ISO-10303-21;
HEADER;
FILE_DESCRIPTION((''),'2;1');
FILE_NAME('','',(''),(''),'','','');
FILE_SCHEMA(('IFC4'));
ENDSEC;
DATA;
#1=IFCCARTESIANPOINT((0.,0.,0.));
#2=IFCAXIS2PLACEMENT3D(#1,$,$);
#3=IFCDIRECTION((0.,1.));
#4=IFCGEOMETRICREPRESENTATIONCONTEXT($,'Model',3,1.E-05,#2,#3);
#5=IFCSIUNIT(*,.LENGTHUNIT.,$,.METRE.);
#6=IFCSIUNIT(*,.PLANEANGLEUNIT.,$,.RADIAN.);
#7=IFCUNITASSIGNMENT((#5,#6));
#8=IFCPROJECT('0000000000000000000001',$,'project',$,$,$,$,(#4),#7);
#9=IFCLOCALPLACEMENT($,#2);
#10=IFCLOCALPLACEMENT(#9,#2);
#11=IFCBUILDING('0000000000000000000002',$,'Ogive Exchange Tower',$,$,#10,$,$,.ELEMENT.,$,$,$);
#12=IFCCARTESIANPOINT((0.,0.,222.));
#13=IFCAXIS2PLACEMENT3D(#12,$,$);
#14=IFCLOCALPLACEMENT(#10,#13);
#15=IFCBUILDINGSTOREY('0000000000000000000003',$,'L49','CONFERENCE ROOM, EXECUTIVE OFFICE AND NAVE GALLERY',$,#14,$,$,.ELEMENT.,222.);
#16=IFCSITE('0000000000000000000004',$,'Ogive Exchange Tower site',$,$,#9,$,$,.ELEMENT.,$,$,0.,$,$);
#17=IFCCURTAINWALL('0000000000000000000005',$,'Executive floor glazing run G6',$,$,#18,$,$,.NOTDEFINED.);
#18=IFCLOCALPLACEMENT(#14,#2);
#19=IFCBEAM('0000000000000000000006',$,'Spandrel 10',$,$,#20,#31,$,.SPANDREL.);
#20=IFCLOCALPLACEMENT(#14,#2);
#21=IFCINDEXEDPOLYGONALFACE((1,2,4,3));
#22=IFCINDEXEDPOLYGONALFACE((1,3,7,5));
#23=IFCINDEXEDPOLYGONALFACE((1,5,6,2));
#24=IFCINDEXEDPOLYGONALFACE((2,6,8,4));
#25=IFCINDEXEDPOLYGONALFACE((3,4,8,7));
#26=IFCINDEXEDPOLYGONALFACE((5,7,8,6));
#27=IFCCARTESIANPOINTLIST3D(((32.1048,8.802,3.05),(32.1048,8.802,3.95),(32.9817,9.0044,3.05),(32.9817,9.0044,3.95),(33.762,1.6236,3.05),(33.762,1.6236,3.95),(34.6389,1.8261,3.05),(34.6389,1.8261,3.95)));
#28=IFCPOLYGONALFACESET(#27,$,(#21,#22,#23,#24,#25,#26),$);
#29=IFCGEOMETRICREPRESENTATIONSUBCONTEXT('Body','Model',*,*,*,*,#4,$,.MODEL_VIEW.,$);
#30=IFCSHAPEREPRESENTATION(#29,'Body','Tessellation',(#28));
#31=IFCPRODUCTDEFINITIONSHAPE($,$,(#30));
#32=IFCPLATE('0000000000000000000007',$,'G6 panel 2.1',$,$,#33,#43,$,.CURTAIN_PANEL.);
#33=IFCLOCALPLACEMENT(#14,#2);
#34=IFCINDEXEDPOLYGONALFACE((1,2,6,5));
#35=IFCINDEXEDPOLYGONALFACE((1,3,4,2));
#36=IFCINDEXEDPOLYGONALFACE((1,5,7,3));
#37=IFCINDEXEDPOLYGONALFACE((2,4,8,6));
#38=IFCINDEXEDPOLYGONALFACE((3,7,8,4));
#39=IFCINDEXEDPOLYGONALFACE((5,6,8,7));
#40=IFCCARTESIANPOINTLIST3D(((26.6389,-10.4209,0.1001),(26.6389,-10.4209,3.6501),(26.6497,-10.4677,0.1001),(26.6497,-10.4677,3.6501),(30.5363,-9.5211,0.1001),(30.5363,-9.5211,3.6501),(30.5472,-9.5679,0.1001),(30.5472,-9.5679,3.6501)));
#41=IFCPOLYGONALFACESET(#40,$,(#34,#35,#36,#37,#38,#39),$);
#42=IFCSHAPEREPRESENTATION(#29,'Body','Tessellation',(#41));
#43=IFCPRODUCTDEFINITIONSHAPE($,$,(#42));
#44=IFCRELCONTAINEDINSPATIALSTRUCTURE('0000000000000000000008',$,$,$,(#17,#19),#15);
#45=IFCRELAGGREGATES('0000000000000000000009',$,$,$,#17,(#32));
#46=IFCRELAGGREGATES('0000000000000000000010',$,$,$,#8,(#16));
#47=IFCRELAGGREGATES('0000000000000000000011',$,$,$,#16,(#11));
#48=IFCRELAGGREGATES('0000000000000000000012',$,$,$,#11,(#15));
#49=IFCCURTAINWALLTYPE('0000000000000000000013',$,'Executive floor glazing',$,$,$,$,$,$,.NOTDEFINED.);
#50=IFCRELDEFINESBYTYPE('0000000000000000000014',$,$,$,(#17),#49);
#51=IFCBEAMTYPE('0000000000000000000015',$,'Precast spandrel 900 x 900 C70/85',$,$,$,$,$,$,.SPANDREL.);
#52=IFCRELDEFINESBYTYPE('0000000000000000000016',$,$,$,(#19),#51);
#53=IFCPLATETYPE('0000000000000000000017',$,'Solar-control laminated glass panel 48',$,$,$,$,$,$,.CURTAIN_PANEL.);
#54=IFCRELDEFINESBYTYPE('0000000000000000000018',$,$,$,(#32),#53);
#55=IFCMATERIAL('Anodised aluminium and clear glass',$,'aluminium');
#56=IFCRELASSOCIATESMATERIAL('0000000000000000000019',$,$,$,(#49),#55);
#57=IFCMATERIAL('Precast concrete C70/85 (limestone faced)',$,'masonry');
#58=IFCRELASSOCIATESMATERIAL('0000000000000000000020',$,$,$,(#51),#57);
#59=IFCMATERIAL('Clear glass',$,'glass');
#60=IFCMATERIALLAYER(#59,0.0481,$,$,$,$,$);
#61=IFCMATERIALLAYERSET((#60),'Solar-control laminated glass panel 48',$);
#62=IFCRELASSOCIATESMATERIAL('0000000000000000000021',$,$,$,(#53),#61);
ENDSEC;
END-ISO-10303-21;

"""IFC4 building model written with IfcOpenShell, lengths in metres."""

from ifc_helpers import new_model, si_unit, direction, frame, origin, origin_2d, place, context, subcontext, project, spatial, rectangle, extrude, material, layer, layer_set, material_profile, profile_set, type_object, element, aggregate, save


model = new_model("IFC4")

# Units and contexts
model_context = context("Model", 3, precision=1e-05, world=origin(), true_north=direction((0.0, 1.0)))
body_context = subcontext(model_context, "Body", "Model", "MODEL_VIEW")
ifc_project = project(units=[si_unit("LENGTHUNIT", "METRE"), si_unit("PLANEANGLEUNIT", "RADIAN")], contexts=[model_context])

# Site, building, storey
site_placement = place(None, origin())
site = spatial("IfcSite", under=ifc_project, at=site_placement, Name="Ogive Exchange Tower site", CompositionType="ELEMENT", RefElevation=0.0)
building_placement = place(site_placement, origin())
building = spatial("IfcBuilding", under=site, at=building_placement, Name="Ogive Exchange Tower", CompositionType="ELEMENT")
storey_placement = place(building_placement, frame((0.0, 0.0, 222.0)))
storey = spatial("IfcBuildingStorey", under=building, at=storey_placement, Name="L49", Description="CONFERENCE ROOM, EXECUTIVE OFFICE AND NAVE GALLERY", CompositionType="ELEMENT", Elevation=222.0)

# Shared definitions
ifc_material_1 = material(Name="Precast concrete C70/85 (limestone faced)", Category="masonry")

# Curtain wall
ifc_material_2 = material(Name="Anodised aluminium and clear glass", Category="aluminium")
curtain_wall_type = type_object("IfcCurtainWallType", Name="Executive floor glazing", PredefinedType="NOTDEFINED", material=ifc_material_2)
curtain_wall_placement = place(storey_placement, origin())
curtain_wall = element("IfcCurtainWall", 1, at=curtain_wall_placement, inside=storey, type_object=curtain_wall_type, Name="Executive floor glazing run G6", PredefinedType="NOTDEFINED")

# Beam
ifc_material_profile_1 = material_profile(ifc_material_1, rectangle(XDim=0.8999, YDim=0.8999, at=origin_2d()), Name="900 x 900")
ifc_profile_set_1 = profile_set([ifc_material_profile_1], Name="Precast concrete C70/85 (limestone faced)")
beam_type_1 = type_object("IfcBeamType", Name="Precast spandrel 900 x 900 C70/85", PredefinedType="SPANDREL", material=ifc_profile_set_1)
beam_1_placement = place(storey_placement, frame((34.2004, 1.7249, 3.5), z_axis=(-0.224944, 0.974372, 0.0), x_axis=(-0.974372, -0.224944, 0.0)))
element("IfcBeam", 2, at=beam_1_placement, inside=storey, type_object=beam_type_1, Name="Spandrel 10", PredefinedType="SPANDREL", context=body_context, shape_type="SweptSolid", body=[
    extrude(rectangle(XDim=0.8999, YDim=0.8999, at=origin_2d()), origin(), (0.0, 0.0, 1.0), 7.3672),
])

# Plate
ifc_material_3 = material(Name="Clear glass", Category="glass")
ifc_layer_1 = layer(ifc_material_3, 0.0481)
ifc_layer_set_1 = layer_set([ifc_layer_1], Name="Solar-control laminated glass panel 48")
plate_type = type_object("IfcPlateType", Name="Solar-control laminated glass panel 48", PredefinedType="CURTAIN_PANEL", material=ifc_layer_set_1)
plate_placement = place(storey_placement, frame((28.593, -9.9944, 0.1001), z_axis=(0.0, 0.0, 1.0), x_axis=(0.97437, 0.224951, 0.0)))
plate = element("IfcPlate", 3, at=plate_placement, type_object=plate_type, Name="G6 panel 2.1", PredefinedType="CURTAIN_PANEL", context=body_context, shape_type="SweptSolid", body=[
    extrude(rectangle(XDim=4.0, YDim=0.0481, at=origin_2d()), origin(), (0.0, 0.0, 1.0), 3.55),
])
aggregate(curtain_wall, [plate])

save(model, "model.ifc")
